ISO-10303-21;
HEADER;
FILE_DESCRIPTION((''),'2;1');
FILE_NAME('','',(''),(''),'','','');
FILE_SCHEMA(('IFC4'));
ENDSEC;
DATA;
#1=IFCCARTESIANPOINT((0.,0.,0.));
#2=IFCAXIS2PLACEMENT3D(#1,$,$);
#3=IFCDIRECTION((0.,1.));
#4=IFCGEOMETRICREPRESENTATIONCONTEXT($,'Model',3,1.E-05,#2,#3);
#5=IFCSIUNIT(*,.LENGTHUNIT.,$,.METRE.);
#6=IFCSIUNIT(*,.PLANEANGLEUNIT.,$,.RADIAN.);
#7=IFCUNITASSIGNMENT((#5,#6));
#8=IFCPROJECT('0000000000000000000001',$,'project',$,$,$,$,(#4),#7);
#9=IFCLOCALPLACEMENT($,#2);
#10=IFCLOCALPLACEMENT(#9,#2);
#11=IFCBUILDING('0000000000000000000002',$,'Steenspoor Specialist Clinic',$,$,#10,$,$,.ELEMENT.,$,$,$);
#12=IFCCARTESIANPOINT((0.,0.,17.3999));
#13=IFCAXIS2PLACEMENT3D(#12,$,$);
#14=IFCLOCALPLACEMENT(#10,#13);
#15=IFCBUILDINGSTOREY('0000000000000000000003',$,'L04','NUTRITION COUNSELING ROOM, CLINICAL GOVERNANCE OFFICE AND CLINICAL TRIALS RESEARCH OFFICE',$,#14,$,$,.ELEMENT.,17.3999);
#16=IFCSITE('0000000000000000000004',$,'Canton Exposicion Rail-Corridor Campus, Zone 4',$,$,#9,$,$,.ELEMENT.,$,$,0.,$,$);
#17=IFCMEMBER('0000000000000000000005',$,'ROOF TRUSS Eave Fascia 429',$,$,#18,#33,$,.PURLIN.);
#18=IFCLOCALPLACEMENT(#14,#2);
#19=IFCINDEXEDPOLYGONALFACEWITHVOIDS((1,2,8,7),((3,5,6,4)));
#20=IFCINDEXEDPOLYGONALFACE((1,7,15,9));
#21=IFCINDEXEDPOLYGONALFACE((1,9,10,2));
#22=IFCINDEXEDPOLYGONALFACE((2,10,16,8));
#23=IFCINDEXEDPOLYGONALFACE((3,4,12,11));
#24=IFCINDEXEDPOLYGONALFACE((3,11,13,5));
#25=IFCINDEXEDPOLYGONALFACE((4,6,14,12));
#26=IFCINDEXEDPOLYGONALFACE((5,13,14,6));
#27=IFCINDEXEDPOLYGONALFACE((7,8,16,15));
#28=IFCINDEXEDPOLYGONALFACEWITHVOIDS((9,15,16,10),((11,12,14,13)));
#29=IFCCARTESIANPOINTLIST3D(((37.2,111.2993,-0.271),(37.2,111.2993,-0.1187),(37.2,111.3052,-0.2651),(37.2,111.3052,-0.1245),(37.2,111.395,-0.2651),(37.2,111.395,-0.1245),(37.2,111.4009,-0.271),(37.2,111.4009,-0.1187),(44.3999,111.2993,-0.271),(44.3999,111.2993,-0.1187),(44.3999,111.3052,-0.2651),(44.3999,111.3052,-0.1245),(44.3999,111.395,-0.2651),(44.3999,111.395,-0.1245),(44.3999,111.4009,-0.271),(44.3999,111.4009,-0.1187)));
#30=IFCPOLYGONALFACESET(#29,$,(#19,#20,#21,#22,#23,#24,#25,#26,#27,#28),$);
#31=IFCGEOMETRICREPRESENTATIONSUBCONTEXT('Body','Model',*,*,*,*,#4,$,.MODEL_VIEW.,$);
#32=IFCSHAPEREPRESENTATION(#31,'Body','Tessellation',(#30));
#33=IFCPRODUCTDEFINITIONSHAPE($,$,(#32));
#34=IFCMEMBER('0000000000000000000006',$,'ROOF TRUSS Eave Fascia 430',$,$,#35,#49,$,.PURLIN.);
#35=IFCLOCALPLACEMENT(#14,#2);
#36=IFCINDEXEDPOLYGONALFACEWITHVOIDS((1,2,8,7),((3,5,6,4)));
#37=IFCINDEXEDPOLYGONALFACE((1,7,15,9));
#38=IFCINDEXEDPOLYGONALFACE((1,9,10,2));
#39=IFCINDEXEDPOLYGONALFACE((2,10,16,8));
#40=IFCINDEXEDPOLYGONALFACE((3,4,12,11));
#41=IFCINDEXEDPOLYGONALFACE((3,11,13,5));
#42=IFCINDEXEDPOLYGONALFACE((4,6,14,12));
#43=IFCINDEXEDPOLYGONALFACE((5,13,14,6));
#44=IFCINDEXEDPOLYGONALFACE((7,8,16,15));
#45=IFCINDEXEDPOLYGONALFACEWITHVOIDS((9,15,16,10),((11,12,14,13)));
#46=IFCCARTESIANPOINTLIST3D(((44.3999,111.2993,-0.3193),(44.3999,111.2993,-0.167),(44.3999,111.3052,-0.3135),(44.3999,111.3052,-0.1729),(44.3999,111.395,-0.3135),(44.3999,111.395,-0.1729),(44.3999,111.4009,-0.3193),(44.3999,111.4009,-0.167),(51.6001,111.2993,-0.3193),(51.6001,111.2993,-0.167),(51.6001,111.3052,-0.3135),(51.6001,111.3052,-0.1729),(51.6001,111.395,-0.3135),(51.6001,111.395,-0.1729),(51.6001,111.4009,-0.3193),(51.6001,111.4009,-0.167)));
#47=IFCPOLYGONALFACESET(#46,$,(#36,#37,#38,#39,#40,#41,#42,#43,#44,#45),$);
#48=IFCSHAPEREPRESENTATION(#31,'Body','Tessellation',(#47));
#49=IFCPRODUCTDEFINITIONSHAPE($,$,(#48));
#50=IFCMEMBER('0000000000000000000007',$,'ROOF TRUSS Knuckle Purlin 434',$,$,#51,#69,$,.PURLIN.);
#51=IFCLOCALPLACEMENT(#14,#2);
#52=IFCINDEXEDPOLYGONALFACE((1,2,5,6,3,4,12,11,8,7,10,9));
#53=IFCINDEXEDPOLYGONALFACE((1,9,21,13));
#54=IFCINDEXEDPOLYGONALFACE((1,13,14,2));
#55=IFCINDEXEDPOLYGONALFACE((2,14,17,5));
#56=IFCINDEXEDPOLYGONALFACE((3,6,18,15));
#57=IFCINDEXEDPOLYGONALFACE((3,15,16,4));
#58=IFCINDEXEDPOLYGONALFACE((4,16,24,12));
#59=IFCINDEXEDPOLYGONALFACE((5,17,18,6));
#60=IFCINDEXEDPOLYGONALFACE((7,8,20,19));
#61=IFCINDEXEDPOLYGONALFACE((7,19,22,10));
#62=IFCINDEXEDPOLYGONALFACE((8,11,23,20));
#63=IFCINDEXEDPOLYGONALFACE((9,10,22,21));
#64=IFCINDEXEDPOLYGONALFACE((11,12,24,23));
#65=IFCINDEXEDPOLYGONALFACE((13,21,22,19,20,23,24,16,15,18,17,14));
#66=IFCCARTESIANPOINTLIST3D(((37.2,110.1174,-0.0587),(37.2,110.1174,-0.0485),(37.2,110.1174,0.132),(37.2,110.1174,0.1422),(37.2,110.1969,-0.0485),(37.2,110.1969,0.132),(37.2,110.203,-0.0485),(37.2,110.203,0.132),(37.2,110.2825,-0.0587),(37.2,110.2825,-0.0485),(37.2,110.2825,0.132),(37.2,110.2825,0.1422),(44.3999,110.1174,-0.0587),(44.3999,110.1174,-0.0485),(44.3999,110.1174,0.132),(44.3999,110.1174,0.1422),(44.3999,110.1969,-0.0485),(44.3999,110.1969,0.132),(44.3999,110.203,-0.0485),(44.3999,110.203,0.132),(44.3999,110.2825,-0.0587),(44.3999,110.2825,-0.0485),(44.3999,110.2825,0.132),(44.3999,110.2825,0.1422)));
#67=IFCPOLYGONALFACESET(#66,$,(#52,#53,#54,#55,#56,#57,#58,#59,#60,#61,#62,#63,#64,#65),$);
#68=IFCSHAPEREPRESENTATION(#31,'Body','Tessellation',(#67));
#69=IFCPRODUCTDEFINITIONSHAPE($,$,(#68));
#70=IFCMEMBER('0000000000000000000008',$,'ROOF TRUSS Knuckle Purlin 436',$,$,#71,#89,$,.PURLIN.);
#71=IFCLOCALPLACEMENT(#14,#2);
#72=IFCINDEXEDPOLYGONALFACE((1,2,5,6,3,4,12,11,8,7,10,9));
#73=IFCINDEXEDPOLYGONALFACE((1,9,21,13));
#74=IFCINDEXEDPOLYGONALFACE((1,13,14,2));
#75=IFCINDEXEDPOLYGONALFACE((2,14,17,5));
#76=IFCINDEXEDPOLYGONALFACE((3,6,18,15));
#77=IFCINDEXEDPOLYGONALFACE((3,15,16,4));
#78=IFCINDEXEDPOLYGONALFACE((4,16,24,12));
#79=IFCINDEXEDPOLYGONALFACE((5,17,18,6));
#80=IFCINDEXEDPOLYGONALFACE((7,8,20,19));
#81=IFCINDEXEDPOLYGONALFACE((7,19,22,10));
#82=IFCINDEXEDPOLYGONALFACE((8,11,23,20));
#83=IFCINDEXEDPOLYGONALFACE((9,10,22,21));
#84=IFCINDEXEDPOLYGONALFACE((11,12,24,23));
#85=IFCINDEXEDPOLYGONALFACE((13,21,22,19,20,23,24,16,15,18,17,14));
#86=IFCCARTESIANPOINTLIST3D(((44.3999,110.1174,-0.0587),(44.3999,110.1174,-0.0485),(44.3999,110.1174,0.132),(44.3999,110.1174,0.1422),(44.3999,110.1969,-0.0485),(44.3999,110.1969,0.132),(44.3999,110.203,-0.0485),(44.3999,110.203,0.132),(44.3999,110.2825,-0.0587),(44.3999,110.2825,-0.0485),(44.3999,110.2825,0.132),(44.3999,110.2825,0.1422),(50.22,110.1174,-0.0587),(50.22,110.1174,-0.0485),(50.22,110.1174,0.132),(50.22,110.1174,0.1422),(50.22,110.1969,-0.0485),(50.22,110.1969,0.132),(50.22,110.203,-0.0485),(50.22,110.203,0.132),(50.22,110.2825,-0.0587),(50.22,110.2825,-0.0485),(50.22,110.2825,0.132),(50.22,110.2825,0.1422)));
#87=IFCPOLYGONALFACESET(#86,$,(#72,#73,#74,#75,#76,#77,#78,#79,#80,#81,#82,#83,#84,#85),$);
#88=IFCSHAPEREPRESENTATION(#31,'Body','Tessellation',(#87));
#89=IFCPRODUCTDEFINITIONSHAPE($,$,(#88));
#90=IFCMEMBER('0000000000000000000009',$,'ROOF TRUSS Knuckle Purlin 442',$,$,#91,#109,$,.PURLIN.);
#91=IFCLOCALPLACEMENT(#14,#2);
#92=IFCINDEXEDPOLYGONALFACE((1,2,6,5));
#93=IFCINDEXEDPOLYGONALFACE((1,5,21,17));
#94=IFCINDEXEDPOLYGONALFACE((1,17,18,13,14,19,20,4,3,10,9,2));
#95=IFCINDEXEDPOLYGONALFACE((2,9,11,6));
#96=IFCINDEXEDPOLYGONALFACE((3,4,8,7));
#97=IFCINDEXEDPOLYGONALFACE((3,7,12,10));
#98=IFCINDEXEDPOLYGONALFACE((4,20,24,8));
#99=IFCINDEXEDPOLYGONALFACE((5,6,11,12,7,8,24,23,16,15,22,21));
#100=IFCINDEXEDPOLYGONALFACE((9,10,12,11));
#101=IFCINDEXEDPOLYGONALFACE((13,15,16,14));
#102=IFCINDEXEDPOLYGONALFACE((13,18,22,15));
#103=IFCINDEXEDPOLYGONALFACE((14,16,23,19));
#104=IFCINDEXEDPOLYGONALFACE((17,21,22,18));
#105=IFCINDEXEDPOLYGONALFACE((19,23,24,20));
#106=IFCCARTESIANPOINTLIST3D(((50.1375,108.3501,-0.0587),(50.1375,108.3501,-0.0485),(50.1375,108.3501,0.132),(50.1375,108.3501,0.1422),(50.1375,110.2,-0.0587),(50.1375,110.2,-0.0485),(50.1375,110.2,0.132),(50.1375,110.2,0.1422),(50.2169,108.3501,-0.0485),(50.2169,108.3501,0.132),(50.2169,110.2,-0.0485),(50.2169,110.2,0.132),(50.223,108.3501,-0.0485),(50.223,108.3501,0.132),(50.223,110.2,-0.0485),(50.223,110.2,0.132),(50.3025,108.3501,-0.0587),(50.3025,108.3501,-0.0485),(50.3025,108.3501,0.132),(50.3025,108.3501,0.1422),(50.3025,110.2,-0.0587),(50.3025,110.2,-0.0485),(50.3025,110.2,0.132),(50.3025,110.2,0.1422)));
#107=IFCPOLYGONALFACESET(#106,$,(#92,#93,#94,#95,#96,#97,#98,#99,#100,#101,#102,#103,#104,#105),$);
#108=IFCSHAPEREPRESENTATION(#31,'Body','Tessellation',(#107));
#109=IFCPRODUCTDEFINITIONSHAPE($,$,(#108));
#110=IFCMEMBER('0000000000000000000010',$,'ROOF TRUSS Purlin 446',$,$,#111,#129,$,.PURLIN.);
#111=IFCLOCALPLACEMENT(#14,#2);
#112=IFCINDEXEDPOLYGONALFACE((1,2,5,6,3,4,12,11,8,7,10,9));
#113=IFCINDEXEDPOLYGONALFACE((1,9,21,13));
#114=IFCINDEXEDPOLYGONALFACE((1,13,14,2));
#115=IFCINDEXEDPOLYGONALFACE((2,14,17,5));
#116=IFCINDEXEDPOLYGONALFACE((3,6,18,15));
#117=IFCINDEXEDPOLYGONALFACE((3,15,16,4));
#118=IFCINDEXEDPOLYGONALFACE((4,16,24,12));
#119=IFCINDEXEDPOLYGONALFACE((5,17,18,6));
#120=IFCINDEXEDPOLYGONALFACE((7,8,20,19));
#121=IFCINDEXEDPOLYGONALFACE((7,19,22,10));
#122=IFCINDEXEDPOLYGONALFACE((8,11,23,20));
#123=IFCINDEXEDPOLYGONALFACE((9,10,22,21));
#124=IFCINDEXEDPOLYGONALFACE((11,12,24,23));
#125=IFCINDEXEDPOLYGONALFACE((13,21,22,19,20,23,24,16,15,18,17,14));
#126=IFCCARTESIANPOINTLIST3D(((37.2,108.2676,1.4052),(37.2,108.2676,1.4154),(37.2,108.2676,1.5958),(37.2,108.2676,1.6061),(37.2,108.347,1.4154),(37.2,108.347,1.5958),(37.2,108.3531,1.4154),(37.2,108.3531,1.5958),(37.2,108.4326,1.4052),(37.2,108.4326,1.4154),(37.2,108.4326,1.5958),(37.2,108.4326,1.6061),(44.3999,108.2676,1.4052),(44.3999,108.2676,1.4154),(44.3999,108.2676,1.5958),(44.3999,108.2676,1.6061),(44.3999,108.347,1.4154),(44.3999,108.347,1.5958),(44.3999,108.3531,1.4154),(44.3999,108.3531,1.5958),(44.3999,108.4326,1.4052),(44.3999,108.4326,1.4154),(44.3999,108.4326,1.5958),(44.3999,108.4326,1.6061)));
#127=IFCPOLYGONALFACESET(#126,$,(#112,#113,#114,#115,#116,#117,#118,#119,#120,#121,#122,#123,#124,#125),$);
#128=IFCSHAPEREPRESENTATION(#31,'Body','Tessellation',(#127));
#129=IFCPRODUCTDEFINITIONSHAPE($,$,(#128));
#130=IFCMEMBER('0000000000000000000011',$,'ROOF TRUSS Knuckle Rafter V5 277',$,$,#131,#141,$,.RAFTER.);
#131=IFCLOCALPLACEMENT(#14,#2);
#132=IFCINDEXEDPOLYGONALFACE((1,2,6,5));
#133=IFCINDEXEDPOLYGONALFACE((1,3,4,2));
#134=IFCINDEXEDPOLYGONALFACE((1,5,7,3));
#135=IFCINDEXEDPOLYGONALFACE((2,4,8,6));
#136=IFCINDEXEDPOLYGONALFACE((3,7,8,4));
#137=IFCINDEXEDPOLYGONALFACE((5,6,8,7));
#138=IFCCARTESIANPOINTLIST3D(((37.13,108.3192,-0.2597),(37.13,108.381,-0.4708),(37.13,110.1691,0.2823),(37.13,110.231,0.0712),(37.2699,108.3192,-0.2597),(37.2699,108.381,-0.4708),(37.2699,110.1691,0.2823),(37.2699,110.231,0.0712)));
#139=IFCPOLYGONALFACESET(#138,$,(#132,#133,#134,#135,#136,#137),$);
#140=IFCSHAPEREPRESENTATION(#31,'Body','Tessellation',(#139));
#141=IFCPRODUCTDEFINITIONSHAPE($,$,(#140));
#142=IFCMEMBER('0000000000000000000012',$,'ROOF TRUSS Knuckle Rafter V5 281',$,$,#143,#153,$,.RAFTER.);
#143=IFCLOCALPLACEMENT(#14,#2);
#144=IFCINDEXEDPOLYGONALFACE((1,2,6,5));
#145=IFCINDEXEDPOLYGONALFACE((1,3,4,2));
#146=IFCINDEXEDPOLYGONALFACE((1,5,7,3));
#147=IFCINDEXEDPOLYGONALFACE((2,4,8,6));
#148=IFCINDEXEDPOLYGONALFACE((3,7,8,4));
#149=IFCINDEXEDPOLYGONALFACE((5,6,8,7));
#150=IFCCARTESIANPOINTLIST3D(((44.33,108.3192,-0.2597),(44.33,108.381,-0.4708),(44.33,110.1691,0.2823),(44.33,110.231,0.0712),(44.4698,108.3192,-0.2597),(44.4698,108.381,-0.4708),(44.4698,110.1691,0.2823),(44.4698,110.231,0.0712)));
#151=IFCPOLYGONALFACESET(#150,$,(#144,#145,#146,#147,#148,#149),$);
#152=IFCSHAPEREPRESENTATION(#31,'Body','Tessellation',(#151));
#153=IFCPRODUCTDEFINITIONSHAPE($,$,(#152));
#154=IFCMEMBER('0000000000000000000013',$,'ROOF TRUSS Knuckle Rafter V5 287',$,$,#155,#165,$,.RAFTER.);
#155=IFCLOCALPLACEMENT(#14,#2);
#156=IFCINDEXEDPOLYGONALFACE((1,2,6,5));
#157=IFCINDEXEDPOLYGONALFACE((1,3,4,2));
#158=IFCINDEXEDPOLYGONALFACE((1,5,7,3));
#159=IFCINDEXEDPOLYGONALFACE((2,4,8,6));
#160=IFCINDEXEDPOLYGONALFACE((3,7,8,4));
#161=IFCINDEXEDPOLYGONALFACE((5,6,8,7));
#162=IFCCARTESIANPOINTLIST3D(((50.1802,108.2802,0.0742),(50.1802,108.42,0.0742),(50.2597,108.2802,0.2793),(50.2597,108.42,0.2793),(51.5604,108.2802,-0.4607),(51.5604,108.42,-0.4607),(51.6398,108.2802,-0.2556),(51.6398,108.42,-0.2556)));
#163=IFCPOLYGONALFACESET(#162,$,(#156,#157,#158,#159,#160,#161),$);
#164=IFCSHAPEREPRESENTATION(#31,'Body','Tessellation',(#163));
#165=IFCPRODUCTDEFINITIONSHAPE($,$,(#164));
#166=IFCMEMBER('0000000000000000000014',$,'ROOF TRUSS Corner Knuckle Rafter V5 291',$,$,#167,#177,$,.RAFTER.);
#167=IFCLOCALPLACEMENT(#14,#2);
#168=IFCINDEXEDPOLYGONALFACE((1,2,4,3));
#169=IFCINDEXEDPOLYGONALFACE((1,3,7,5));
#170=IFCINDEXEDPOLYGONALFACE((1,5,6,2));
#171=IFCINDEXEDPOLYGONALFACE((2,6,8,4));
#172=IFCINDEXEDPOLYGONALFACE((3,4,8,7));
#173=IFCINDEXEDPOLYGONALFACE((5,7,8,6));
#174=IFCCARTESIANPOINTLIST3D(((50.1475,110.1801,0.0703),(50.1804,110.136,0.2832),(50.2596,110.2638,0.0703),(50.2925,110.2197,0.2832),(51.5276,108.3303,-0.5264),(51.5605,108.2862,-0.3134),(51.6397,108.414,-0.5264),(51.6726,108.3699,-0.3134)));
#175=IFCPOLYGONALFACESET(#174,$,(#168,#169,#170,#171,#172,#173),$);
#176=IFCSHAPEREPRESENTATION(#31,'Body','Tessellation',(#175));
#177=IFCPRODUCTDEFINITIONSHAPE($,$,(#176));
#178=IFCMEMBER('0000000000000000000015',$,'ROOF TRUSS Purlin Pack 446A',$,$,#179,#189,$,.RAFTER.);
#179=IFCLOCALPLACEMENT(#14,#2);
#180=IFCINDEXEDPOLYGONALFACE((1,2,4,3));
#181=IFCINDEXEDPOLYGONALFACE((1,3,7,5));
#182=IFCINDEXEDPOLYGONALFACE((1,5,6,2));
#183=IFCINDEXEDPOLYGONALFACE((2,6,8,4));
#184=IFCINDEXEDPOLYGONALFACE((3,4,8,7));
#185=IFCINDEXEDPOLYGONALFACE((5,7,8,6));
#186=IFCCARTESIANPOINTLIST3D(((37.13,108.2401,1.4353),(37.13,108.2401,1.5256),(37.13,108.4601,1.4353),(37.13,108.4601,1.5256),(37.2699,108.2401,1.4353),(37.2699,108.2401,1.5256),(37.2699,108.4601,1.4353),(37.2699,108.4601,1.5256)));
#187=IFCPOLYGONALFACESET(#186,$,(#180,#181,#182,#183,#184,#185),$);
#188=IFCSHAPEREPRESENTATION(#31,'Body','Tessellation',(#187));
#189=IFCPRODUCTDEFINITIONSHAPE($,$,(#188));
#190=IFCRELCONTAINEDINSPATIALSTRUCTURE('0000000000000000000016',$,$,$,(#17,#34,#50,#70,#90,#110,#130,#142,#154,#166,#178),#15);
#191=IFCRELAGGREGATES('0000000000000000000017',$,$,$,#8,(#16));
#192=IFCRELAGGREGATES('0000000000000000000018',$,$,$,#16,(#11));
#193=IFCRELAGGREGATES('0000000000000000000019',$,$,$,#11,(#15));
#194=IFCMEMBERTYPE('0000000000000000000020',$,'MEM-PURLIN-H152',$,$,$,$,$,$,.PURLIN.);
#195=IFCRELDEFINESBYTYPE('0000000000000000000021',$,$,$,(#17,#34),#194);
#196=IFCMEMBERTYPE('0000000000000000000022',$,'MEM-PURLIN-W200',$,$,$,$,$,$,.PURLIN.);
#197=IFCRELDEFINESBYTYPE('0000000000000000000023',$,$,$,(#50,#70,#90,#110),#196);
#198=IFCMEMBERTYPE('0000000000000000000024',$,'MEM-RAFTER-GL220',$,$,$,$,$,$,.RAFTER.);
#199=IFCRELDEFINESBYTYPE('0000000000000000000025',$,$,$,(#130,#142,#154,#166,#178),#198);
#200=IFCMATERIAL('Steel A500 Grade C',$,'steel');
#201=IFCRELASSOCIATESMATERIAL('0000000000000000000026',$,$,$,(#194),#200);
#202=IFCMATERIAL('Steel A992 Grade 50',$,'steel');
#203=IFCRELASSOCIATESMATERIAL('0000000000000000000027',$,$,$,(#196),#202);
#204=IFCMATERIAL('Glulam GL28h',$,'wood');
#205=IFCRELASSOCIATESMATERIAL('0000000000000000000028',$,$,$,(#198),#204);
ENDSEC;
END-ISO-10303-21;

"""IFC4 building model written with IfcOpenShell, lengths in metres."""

from ifc_helpers import new_model, si_unit, direction, frame, origin, origin_2d, place, context, subcontext, project, spatial, rectangle, hollow_rectangle, i_section, extrude, material, material_profile, profile_set, type_object, element, save


model = new_model("IFC4")

# Units and contexts
model_context = context("Model", 3, precision=1e-05, world=origin(), true_north=direction((0.0, 1.0)))
body_context = subcontext(model_context, "Body", "Model", "MODEL_VIEW")
ifc_project = project(units=[si_unit("LENGTHUNIT", "METRE"), si_unit("PLANEANGLEUNIT", "RADIAN")], contexts=[model_context])

# Site, building, storey
site_placement = place(None, origin())
site = spatial("IfcSite", under=ifc_project, at=site_placement, Name="Canton Exposicion Rail-Corridor Campus, Zone 4", CompositionType="ELEMENT", RefElevation=0.0)
building_placement = place(site_placement, origin())
building = spatial("IfcBuilding", under=site, at=building_placement, Name="Steenspoor Specialist Clinic", CompositionType="ELEMENT")
storey_placement = place(building_placement, frame((0.0, 0.0, 17.3999)))
storey = spatial("IfcBuildingStorey", under=building, at=storey_placement, Name="L04", Description="NUTRITION COUNSELING ROOM, CLINICAL GOVERNANCE OFFICE AND CLINICAL TRIALS RESEARCH OFFICE", CompositionType="ELEMENT", Elevation=17.3999)

# Members
ifc_material_1 = material(Name="Steel A500 Grade C", Category="steel")
ifc_material_profile_1 = material_profile(ifc_material_1, hollow_rectangle(XDim=0.1016, YDim=0.1523, WallThickness=0.0059, at=origin_2d()), Name="HSS152X102X6.4")
ifc_profile_set_1 = profile_set([ifc_material_profile_1], Name="Steel A500 Grade C")
member_type_1 = type_object("IfcMemberType", Name="MEM-PURLIN-H152", PredefinedType="PURLIN", material=ifc_profile_set_1)
member_1_placement = place(storey_placement, frame((37.2, 111.3501, -0.1948), z_axis=(1.0, 0.0, 0.0), x_axis=(0.0, 1.0, 0.0)))
element("IfcMember", 1, at=member_1_placement, inside=storey, type_object=member_type_1, Name="ROOF TRUSS Eave Fascia 429", PredefinedType="PURLIN", context=body_context, shape_type="SweptSolid", body=[
    extrude(hollow_rectangle(XDim=0.1016, YDim=0.1523, WallThickness=0.0059, at=origin_2d()), origin(), (0.0, 0.0, 1.0), 7.2),
])
member_2_placement = place(storey_placement, frame((44.3999, 111.3501, -0.2432), z_axis=(1.0, 0.0, 0.0), x_axis=(0.0, 1.0, 0.0)))
element("IfcMember", 2, at=member_2_placement, inside=storey, type_object=member_type_1, Name="ROOF TRUSS Eave Fascia 430", PredefinedType="PURLIN", context=body_context, shape_type="SweptSolid", body=[
    extrude(hollow_rectangle(XDim=0.1016, YDim=0.1523, WallThickness=0.0059, at=origin_2d()), origin(), (0.0, 0.0, 1.0), 7.2002),
])
ifc_material_2 = material(Name="Steel A992 Grade 50", Category="steel")
ifc_material_profile_2 = material_profile(ifc_material_2, i_section(OverallWidth=0.165, OverallDepth=0.2009, WebThickness=0.0061, FlangeThickness=0.0103, at=origin_2d()), Name="W200X36")
ifc_profile_set_2 = profile_set([ifc_material_profile_2], Name="Steel A992 Grade 50")
member_type_2 = type_object("IfcMemberType", Name="MEM-PURLIN-W200", PredefinedType="PURLIN", material=ifc_profile_set_2)
member_3_placement = place(storey_placement, frame((37.2, 110.2, 0.0417), z_axis=(1.0, 0.0, 0.0), x_axis=(0.0, 1.0, 0.0)))
element("IfcMember", 3, at=member_3_placement, inside=storey, type_object=member_type_2, Name="ROOF TRUSS Knuckle Purlin 434", PredefinedType="PURLIN", context=body_context, shape_type="SweptSolid", body=[
    extrude(i_section(OverallWidth=0.165, OverallDepth=0.2009, WebThickness=0.0061, FlangeThickness=0.0103, at=origin_2d()), origin(), (0.0, 0.0, 1.0), 7.2),
])
member_4_placement = place(storey_placement, frame((44.3999, 110.2, 0.0417), z_axis=(1.0, 0.0, 0.0), x_axis=(0.0, 1.0, 0.0)))
element("IfcMember", 4, at=member_4_placement, inside=storey, type_object=member_type_2, Name="ROOF TRUSS Knuckle Purlin 436", PredefinedType="PURLIN", context=body_context, shape_type="SweptSolid", body=[
    extrude(i_section(OverallWidth=0.165, OverallDepth=0.2009, WebThickness=0.0061, FlangeThickness=0.0103, at=origin_2d()), origin(), (0.0, 0.0, 1.0), 5.8201),
])
member_5_placement = place(storey_placement, frame((50.22, 108.3501, 0.0417), z_axis=(0.0, 1.0, 0.0), x_axis=(-1.0, 0.0, 0.0)))
element("IfcMember", 5, at=member_5_placement, inside=storey, type_object=member_type_2, Name="ROOF TRUSS Knuckle Purlin 442", PredefinedType="PURLIN", context=body_context, shape_type="SweptSolid", body=[
    extrude(i_section(OverallWidth=0.165, OverallDepth=0.2009, WebThickness=0.0061, FlangeThickness=0.0103, at=origin_2d()), origin(), (0.0, 0.0, 1.0), 1.8499),
])
member_6_placement = place(storey_placement, frame((37.2, 108.3501, 1.5056), z_axis=(1.0, 0.0, 0.0), x_axis=(0.0, 1.0, 0.0)))
element("IfcMember", 6, at=member_6_placement, inside=storey, type_object=member_type_2, Name="ROOF TRUSS Purlin 446", PredefinedType="PURLIN", context=body_context, shape_type="SweptSolid", body=[
    extrude(i_section(OverallWidth=0.165, OverallDepth=0.2009, WebThickness=0.0061, FlangeThickness=0.0103, at=origin_2d()), origin(), (0.0, 0.0, 1.0), 7.2),
])
ifc_material_3 = material(Name="Glulam GL28h", Category="wood")
ifc_material_profile_3 = material_profile(ifc_material_3, rectangle(XDim=0.1399, YDim=0.22, at=origin_2d()), Name="GL28H-140X220")
ifc_profile_set_3 = profile_set([ifc_material_profile_3], Name="Glulam GL28h")
member_type_3 = type_object("IfcMemberType", Name="MEM-RAFTER-GL220", PredefinedType="RAFTER", material=ifc_profile_set_3)
for number, where, z_axis, x_axis, name in (
    (7, (37.2, 108.3501, -0.3652), (0.0, 0.959657, 0.281172), (-1.0, 0.0, 0.0), "ROOF TRUSS Knuckle Rafter V5 277"),
    (8, (44.3999, 108.3501, -0.3652), (0.0, 0.959657, 0.281172), (-1.0, 0.0, 0.0), "ROOF TRUSS Knuckle Rafter V5 281"),
):
    element("IfcMember", number, at=place(storey_placement, frame(where, z_axis=z_axis, x_axis=x_axis)), inside=storey, type_object=member_type_3, Name=name, PredefinedType="RAFTER", context=body_context, shape_type="SweptSolid", body=[
        extrude(rectangle(XDim=0.1399, YDim=0.22, at=origin_2d()), origin(), (0.0, 0.0, 1.0), 1.9277),
    ])
member_7_placement = place(storey_placement, frame((51.6001, 108.3501, -0.3582), z_axis=(-0.932416, 0.0, 0.361387), x_axis=(0.0, -1.0, 0.0)))
element("IfcMember", 9, at=member_7_placement, inside=storey, type_object=member_type_3, Name="ROOF TRUSS Knuckle Rafter V5 287", PredefinedType="RAFTER", context=body_context, shape_type="SweptSolid", body=[
    extrude(rectangle(XDim=0.1399, YDim=0.22, at=origin_2d()), origin(), (0.0, 0.0, 1.0), 1.4802),
])
member_8_placement = place(storey_placement, frame((51.6001, 108.3501, -0.4199), z_axis=(-0.578949, 0.775994, 0.250301), x_axis=(-0.801508, -0.597984, 0.0)))
element("IfcMember", 10, at=member_8_placement, inside=storey, type_object=member_type_3, Name="ROOF TRUSS Corner Knuckle Rafter V5 291", PredefinedType="RAFTER", context=body_context, shape_type="SweptSolid", body=[
    extrude(rectangle(XDim=0.1399, YDim=0.22, at=origin_2d()), origin(), (0.0, 0.0, 1.0), 2.3838),
])
member_9_placement = place(storey_placement, frame((37.2, 108.3501, 1.4353), z_axis=(0.0, 0.0, 1.0), x_axis=(1.0, 0.0, 0.0)))
element("IfcMember", 11, at=member_9_placement, inside=storey, type_object=member_type_3, Name="ROOF TRUSS Purlin Pack 446A", PredefinedType="RAFTER", context=body_context, shape_type="SweptSolid", body=[
    extrude(rectangle(XDim=0.1399, YDim=0.22, at=origin_2d()), origin(), (0.0, 0.0, 1.0), 0.0903),
])

save(model, "model.ifc")
